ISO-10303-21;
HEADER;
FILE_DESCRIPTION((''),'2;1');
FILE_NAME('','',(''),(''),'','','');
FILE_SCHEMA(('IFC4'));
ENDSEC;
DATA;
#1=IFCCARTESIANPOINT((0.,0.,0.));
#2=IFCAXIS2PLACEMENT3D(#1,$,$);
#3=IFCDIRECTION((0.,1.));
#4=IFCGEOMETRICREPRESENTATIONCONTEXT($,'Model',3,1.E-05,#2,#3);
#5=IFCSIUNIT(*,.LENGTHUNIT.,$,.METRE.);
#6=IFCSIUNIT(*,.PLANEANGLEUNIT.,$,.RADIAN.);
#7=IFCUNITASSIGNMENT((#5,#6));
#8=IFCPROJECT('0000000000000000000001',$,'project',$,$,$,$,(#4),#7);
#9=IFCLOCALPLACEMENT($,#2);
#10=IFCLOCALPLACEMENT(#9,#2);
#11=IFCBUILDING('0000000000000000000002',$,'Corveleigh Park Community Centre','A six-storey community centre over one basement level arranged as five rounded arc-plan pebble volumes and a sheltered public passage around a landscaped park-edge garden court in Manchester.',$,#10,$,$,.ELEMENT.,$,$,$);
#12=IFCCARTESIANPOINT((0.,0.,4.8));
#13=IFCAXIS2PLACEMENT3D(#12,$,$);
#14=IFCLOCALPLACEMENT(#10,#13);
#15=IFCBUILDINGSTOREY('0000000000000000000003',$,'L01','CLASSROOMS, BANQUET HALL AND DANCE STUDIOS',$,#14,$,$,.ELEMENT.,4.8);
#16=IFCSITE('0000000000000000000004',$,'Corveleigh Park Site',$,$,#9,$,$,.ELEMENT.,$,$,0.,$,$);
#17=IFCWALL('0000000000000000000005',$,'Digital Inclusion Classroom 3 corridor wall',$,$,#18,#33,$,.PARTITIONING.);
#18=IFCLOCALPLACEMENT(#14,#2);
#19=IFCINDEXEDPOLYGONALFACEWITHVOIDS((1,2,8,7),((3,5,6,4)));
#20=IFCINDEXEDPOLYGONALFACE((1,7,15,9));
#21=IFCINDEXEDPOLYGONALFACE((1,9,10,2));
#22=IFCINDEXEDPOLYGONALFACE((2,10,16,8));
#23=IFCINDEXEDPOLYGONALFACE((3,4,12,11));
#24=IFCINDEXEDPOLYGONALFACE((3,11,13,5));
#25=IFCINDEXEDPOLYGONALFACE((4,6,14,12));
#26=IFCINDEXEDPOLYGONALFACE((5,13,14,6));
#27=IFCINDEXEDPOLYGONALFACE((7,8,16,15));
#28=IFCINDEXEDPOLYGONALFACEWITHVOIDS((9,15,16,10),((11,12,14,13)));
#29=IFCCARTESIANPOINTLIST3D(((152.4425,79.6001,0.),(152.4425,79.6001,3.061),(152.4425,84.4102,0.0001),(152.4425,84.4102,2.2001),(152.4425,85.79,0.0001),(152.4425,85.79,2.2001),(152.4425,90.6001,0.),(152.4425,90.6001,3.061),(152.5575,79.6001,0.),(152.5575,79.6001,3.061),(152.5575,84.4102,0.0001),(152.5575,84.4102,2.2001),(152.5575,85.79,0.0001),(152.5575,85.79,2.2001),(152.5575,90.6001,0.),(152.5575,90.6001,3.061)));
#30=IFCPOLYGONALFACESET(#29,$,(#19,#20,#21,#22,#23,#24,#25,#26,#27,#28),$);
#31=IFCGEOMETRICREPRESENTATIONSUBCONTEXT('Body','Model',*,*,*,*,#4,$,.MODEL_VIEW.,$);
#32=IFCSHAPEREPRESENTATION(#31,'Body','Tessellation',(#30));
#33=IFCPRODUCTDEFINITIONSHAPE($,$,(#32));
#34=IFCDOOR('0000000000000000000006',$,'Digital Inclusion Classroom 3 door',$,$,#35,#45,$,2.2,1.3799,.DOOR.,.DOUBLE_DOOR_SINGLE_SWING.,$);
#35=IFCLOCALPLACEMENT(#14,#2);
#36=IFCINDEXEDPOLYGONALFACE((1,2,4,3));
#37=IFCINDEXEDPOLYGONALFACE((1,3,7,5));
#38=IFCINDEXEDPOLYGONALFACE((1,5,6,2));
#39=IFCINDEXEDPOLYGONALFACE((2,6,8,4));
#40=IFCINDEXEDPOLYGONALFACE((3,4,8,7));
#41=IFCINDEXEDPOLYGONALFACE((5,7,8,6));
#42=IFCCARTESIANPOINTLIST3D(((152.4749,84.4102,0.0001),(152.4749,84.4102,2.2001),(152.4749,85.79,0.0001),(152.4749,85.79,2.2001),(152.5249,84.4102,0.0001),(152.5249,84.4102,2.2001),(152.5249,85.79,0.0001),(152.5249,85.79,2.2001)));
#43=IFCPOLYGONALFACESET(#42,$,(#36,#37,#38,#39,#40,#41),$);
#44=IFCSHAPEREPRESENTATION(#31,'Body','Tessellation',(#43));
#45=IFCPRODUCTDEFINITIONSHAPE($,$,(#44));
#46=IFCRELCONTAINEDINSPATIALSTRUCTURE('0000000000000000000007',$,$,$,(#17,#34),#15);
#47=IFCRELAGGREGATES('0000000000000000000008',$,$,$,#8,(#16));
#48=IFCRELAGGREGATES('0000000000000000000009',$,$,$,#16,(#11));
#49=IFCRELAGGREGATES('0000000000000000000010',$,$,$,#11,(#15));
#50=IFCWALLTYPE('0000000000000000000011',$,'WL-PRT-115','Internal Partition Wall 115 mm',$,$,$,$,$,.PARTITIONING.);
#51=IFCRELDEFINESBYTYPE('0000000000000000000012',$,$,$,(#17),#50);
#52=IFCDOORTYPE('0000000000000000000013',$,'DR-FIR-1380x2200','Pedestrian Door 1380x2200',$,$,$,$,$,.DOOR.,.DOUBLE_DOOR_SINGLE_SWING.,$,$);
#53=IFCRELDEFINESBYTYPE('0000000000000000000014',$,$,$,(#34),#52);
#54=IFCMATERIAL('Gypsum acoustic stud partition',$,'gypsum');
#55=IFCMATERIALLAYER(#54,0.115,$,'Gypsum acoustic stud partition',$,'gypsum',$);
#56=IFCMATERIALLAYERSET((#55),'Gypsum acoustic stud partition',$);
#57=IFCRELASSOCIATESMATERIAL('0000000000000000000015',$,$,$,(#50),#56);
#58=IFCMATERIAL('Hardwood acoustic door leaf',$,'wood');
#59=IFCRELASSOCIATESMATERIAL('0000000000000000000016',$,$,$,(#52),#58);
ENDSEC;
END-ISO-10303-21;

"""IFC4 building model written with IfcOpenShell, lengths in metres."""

from ifc_helpers import new_model, si_unit, direction, frame, frame_2d, origin, place, context, subcontext, project, spatial, rectangle, extrude, material, layer, layer_set, type_object, element, fill, save


model = new_model("IFC4")

# Units and contexts
model_context = context("Model", 3, precision=1e-05, world=origin(), true_north=direction((0.0, 1.0)))
body_context = subcontext(model_context, "Body", "Model", "MODEL_VIEW")
ifc_project = project(units=[si_unit("LENGTHUNIT", "METRE"), si_unit("PLANEANGLEUNIT", "RADIAN")], contexts=[model_context])

# Site, building, storey
site_placement = place(None, origin())
site = spatial("IfcSite", under=ifc_project, at=site_placement, Name="Corveleigh Park Site", CompositionType="ELEMENT", RefElevation=0.0)
building_placement = place(site_placement, origin())
building = spatial("IfcBuilding", under=site, at=building_placement, Name="Corveleigh Park Community Centre", Description="A six-storey community centre over one basement level arranged as five rounded arc-plan pebble volumes and a sheltered public passage around a landscaped park-edge garden court in Manchester.", CompositionType="ELEMENT")
storey_placement = place(building_placement, frame((0.0, 0.0, 4.8)))
storey = spatial("IfcBuildingStorey", under=building, at=storey_placement, Name="L01", Description="CLASSROOMS, BANQUET HALL AND DANCE STUDIOS", CompositionType="ELEMENT", Elevation=4.8)

# Wall, opening, door
ifc_material_1 = material(Name="Gypsum acoustic stud partition", Category="gypsum")
ifc_layer = layer(ifc_material_1, 0.115, Name="Gypsum acoustic stud partition", Category="gypsum")
ifc_layer_set = layer_set([ifc_layer], Name="Gypsum acoustic stud partition")
wall_type = type_object("IfcWallType", Name="WL-PRT-115", Description="Internal Partition Wall 115 mm", PredefinedType="PARTITIONING", material=ifc_layer_set)
wall_placement = place(storey_placement, frame((152.5, 90.6001, 0.0), z_axis=(0.0, 0.0, 1.0), x_axis=(0.0, -1.0, 0.0)))
wall = element("IfcWall", 1, at=wall_placement, inside=storey, type_object=wall_type, Name="Digital Inclusion Classroom 3 corridor wall", PredefinedType="PARTITIONING", context=body_context, shape_type="SweptSolid", body=[
    extrude(rectangle(XDim=11.0, YDim=0.115, at=frame_2d((5.5, 0.0))), origin(), (0.0, 0.0, 1.0), 3.061),
])
opening_placement = place(wall_placement, frame((4.8101, 0.0, 0.0)))
opening = element("IfcOpeningElement", 2, at=opening_placement, cuts=wall, PredefinedType="OPENING", context=body_context, shape_type="SweptSolid", body=[
    extrude(rectangle(XDim=1.3799, YDim=2.2, at=frame_2d((0.6899, 1.1001))), frame((0.0, 0.0674, 0.0), z_axis=(0.0, -1.0, 0.0), x_axis=(1.0, 0.0, 0.0)), (0.0, 0.0, 1.0), 0.135),
])
ifc_material_2 = material(Name="Hardwood acoustic door leaf", Category="wood")
door_type = type_object("IfcDoorType", Name="DR-FIR-1380x2200", Description="Pedestrian Door 1380x2200", OperationType="DOUBLE_DOOR_SINGLE_SWING", PredefinedType="DOOR", material=ifc_material_2)
door_placement = place(opening_placement, origin())
door = element("IfcDoor", 3, at=door_placement, inside=storey, type_object=door_type, Name="Digital Inclusion Classroom 3 door", OperationType="DOUBLE_DOOR_SINGLE_SWING", OverallHeight=2.2, OverallWidth=1.3799, PredefinedType="DOOR", context=body_context, shape_type="SweptSolid", body=[
    extrude(rectangle(XDim=1.3799, YDim=2.2, at=frame_2d((0.6899, 1.1001))), frame((0.0, 0.0249, 0.0), z_axis=(0.0, -1.0, 0.0), x_axis=(1.0, 0.0, 0.0)), (0.0, 0.0, 1.0), 0.05),
])
fill(opening, door)

save(model, "model.ifc")
